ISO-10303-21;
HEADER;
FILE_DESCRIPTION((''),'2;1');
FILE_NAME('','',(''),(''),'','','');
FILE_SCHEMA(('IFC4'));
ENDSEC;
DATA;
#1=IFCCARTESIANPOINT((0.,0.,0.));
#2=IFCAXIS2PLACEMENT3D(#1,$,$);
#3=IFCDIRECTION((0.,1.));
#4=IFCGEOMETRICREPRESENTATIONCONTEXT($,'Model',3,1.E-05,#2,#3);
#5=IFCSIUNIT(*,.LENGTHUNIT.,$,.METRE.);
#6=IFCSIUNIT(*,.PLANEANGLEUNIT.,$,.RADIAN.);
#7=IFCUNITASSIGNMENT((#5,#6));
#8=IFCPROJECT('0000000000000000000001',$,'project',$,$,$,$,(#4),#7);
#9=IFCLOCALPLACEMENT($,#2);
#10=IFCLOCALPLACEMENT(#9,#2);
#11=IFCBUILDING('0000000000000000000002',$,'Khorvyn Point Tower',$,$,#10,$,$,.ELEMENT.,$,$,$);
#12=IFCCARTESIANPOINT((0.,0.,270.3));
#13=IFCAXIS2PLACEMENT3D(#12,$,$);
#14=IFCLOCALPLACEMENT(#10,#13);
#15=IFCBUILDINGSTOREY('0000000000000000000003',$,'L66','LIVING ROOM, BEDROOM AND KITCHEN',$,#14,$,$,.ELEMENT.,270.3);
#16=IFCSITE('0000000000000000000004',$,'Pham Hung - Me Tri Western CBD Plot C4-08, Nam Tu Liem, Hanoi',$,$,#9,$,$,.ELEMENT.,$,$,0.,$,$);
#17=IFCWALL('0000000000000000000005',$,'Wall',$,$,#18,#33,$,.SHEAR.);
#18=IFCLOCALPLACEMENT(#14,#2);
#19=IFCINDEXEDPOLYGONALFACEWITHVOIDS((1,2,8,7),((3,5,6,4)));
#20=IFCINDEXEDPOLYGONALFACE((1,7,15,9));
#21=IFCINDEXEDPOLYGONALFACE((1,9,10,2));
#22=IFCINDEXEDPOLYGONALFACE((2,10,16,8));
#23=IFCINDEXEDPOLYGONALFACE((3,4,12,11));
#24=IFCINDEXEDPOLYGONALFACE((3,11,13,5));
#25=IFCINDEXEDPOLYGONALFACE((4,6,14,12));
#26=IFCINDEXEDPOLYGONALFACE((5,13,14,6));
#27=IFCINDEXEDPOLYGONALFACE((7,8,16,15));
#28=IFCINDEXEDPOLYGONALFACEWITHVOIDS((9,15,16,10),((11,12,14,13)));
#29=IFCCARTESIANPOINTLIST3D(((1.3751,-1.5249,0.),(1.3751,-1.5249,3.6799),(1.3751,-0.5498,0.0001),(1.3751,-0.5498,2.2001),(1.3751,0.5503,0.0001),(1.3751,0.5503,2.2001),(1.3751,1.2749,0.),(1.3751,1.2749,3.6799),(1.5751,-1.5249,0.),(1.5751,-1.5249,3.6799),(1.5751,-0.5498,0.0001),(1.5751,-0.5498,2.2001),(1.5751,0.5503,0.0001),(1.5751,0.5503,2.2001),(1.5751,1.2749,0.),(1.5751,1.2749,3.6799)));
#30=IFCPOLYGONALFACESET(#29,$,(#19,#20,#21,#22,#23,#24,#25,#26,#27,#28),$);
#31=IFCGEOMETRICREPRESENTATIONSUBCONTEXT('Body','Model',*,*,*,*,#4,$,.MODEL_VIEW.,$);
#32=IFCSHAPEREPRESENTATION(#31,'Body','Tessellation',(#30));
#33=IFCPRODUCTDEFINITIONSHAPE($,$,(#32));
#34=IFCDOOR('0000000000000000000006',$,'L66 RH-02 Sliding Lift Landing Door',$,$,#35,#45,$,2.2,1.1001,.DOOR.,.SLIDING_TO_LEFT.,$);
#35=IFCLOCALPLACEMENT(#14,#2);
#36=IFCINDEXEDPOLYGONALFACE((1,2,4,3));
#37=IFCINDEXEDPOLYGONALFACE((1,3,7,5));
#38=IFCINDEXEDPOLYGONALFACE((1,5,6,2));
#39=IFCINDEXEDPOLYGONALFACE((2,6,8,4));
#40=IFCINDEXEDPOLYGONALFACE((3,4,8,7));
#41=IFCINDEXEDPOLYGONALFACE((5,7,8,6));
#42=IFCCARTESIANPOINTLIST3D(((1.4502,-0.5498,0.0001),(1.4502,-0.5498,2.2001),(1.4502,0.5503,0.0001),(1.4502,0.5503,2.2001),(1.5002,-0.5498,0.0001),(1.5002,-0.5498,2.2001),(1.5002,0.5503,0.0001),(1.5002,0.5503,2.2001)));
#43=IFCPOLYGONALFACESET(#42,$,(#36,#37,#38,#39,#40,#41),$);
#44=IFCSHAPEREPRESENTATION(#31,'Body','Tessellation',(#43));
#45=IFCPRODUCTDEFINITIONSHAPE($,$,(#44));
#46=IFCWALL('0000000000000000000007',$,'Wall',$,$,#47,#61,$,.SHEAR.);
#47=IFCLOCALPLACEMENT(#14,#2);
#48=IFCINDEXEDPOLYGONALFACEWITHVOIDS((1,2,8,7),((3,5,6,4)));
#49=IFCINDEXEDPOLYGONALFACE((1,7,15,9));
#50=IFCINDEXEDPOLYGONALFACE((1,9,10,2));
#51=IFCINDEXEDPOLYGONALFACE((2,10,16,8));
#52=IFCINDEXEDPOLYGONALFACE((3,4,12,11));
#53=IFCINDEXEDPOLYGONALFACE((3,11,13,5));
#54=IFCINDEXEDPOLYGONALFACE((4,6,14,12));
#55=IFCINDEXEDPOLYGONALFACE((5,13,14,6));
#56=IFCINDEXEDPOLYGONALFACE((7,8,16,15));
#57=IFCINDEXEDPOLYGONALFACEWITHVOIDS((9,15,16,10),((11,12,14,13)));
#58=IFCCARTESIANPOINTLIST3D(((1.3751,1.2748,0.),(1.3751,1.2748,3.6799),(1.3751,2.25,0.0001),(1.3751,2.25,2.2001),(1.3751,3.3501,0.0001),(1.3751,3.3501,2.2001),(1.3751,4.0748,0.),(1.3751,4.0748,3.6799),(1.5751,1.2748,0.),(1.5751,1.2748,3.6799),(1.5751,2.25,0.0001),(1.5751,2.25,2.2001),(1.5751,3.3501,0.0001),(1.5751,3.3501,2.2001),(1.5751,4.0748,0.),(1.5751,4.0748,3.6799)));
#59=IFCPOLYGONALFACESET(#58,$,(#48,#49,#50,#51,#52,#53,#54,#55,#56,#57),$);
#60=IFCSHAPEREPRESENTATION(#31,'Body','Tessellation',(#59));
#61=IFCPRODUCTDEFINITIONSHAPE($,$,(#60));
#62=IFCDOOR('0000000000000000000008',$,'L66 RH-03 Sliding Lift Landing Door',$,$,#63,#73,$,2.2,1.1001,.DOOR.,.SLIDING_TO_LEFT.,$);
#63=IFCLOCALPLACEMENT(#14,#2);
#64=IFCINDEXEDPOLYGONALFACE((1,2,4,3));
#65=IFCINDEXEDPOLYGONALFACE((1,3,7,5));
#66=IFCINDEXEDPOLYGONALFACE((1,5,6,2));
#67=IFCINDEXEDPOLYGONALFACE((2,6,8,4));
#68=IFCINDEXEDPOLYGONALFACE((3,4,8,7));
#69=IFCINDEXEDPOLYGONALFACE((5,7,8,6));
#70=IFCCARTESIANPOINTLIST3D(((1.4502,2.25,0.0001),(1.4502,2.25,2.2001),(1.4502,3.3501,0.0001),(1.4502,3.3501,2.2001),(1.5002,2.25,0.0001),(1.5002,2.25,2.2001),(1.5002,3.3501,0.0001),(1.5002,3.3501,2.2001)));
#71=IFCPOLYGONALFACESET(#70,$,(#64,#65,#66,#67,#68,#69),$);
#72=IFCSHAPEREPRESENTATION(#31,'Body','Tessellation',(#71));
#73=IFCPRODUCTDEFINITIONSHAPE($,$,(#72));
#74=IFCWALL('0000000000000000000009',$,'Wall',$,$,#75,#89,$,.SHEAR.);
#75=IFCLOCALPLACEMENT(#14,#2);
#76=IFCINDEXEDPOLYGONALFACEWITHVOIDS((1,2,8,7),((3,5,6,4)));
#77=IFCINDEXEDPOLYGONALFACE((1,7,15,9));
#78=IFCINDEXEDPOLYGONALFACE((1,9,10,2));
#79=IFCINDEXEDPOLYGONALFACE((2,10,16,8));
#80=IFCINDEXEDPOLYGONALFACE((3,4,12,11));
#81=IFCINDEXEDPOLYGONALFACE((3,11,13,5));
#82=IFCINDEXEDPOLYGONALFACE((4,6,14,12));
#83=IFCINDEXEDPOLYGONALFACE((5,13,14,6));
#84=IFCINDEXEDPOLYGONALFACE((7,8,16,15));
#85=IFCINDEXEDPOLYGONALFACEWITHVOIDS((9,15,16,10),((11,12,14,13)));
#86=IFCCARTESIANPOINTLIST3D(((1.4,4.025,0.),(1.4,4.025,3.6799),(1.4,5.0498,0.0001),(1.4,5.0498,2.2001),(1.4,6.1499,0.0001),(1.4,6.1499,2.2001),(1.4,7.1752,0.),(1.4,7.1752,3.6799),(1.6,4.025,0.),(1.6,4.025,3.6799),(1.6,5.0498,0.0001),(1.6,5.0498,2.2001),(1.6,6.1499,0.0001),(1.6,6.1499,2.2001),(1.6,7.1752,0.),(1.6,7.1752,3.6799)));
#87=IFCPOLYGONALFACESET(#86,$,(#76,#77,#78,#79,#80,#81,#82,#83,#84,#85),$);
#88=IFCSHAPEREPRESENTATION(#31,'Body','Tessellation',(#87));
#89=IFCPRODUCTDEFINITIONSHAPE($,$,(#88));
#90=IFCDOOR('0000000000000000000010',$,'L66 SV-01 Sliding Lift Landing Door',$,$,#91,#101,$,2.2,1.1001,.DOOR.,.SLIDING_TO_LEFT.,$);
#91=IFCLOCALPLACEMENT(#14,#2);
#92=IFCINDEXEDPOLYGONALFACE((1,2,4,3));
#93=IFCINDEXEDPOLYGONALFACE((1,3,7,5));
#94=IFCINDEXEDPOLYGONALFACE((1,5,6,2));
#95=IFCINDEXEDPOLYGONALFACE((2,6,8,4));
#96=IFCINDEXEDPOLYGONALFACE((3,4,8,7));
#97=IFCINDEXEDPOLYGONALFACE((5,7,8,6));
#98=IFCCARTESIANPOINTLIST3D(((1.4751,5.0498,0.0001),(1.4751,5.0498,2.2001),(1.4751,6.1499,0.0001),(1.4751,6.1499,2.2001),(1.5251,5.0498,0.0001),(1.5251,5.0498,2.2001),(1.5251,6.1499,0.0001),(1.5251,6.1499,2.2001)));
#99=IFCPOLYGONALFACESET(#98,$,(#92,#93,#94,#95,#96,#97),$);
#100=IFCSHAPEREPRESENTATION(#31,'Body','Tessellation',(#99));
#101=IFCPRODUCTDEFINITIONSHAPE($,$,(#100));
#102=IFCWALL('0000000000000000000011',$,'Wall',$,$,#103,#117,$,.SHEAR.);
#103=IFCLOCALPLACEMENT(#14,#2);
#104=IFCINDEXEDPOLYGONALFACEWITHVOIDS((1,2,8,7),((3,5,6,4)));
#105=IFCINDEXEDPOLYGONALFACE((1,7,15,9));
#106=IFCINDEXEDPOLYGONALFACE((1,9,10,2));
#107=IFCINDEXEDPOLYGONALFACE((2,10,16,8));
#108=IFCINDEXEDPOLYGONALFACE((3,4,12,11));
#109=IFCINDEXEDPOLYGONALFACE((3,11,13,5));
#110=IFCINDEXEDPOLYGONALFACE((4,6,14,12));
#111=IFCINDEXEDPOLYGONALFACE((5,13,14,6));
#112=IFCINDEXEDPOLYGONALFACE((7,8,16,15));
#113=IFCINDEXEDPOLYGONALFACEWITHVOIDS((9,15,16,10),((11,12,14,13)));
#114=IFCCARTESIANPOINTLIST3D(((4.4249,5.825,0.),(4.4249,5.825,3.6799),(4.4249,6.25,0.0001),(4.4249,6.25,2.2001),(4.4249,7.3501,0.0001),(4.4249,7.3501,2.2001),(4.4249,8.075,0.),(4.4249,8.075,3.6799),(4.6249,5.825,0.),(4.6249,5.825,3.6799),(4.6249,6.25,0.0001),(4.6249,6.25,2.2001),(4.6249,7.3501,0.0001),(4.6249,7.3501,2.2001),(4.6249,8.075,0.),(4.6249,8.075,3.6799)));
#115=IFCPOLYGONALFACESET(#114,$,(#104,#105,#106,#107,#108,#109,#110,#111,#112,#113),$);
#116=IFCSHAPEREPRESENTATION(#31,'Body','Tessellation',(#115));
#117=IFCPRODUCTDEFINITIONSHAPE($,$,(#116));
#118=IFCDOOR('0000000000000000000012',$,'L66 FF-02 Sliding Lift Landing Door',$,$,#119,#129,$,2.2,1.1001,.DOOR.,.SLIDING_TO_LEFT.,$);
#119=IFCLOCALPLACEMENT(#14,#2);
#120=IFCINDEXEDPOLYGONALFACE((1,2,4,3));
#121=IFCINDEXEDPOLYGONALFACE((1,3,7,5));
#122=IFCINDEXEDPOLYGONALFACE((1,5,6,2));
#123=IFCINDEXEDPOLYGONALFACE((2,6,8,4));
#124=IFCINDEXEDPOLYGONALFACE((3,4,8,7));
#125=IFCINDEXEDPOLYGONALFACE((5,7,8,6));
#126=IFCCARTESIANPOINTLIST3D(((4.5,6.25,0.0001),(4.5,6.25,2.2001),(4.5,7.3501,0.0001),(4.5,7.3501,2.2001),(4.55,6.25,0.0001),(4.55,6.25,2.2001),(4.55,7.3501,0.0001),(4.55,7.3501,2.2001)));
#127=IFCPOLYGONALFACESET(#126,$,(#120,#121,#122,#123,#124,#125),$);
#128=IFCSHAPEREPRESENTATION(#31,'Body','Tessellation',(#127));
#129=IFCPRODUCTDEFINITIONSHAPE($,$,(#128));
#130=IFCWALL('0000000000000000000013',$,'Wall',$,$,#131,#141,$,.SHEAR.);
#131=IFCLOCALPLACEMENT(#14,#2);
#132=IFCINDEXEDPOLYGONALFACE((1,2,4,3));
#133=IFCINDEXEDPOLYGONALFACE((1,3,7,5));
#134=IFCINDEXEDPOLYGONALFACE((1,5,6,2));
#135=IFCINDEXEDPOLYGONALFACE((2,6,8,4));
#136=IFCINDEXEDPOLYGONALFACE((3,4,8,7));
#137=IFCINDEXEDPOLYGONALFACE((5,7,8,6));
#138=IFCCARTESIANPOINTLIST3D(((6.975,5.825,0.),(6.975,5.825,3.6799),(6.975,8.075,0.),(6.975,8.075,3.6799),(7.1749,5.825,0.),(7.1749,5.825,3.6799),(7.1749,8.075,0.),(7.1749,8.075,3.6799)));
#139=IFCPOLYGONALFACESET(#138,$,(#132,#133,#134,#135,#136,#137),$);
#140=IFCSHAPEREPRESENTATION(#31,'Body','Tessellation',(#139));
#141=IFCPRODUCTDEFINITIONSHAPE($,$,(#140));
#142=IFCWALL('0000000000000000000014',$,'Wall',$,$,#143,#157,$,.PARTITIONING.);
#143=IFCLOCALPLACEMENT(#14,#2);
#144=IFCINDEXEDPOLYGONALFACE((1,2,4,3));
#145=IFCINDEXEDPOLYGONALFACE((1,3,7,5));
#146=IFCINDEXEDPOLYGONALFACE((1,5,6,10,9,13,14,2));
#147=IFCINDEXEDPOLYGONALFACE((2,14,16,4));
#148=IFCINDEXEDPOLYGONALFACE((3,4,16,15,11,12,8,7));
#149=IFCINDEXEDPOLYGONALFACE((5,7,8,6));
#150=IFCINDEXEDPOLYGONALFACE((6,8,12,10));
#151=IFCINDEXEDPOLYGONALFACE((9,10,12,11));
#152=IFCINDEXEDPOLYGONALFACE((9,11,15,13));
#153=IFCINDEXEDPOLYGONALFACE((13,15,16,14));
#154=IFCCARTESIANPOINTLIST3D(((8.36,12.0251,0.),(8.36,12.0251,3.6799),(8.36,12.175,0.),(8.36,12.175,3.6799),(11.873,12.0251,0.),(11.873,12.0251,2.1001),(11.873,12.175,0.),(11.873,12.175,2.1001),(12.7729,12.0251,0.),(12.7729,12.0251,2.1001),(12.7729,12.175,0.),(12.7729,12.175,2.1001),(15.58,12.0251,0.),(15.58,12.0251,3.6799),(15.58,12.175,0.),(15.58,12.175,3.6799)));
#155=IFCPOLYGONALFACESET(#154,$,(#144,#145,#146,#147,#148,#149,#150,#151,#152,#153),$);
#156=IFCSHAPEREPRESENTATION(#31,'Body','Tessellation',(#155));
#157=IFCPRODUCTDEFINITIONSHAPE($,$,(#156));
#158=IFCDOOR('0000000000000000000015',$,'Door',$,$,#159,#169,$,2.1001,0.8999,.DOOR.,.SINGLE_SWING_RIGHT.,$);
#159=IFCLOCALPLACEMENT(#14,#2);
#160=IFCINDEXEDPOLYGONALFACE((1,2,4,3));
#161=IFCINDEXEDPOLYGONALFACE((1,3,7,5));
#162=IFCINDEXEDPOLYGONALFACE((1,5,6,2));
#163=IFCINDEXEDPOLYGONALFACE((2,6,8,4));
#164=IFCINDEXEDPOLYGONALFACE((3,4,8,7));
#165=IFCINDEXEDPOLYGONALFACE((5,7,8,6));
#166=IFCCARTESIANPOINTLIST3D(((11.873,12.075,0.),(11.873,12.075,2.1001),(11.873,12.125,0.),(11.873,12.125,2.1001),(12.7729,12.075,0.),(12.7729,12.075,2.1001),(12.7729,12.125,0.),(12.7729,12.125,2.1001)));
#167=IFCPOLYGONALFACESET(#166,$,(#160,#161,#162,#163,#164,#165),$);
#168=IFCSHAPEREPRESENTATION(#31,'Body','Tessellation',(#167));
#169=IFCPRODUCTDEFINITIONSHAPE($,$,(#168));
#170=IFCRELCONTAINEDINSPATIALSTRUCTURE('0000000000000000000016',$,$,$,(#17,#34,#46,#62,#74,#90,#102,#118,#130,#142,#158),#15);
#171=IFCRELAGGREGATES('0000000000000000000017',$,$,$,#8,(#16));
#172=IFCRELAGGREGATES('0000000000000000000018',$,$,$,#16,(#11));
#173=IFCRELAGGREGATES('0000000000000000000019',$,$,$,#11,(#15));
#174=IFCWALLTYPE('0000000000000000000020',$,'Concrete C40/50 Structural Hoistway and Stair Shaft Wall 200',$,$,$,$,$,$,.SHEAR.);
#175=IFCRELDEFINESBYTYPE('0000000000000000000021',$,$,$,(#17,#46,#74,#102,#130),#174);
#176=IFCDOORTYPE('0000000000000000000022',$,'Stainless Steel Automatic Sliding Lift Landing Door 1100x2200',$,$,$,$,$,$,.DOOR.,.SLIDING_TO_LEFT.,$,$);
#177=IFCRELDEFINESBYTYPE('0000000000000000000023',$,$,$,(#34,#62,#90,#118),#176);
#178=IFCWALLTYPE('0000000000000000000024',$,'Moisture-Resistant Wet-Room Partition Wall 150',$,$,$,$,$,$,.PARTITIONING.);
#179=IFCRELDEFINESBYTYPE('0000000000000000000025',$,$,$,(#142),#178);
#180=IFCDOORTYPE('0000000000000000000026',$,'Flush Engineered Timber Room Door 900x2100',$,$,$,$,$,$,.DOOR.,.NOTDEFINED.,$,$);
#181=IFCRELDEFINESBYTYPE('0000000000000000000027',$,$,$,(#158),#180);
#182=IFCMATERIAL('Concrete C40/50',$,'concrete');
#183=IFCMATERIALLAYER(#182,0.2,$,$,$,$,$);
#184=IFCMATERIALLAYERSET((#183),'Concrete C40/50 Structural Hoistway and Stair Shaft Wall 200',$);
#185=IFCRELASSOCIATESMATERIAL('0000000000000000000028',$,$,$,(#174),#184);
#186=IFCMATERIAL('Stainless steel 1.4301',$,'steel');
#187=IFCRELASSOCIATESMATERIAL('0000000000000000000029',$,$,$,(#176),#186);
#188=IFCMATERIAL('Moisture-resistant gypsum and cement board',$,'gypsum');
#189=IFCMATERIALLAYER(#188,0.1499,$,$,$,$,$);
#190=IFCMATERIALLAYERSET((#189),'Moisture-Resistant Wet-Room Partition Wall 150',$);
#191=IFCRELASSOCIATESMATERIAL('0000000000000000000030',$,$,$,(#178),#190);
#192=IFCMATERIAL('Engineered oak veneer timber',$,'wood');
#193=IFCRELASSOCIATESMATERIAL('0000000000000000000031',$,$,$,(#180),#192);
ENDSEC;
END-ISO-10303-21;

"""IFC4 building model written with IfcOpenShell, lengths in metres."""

from ifc_helpers import new_model, si_unit, direction, frame, frame_2d, origin, place, context, subcontext, project, spatial, rectangle, extrude, material, layer, layer_set, type_object, element, fill, save


model = new_model("IFC4")

# Units and contexts
model_context = context("Model", 3, precision=1e-05, world=origin(), true_north=direction((0.0, 1.0)))
body_context = subcontext(model_context, "Body", "Model", "MODEL_VIEW")
ifc_project = project(units=[si_unit("LENGTHUNIT", "METRE"), si_unit("PLANEANGLEUNIT", "RADIAN")], contexts=[model_context])

# Site, building, storey
site_placement = place(None, origin())
site = spatial("IfcSite", under=ifc_project, at=site_placement, Name="Pham Hung - Me Tri Western CBD Plot C4-08, Nam Tu Liem, Hanoi", CompositionType="ELEMENT", RefElevation=0.0)
building_placement = place(site_placement, origin())
building = spatial("IfcBuilding", under=site, at=building_placement, Name="Khorvyn Point Tower", CompositionType="ELEMENT")
storey_placement = place(building_placement, frame((0.0, 0.0, 270.3)))
storey = spatial("IfcBuildingStorey", under=building, at=storey_placement, Name="L66", Description="LIVING ROOM, BEDROOM AND KITCHEN", CompositionType="ELEMENT", Elevation=270.3)

# Shared definitions
ifc_material_1 = material(Name="Concrete C40/50", Category="concrete")

# Walls, openings, doors
ifc_layer_1 = layer(ifc_material_1, 0.2)
ifc_layer_set_1 = layer_set([ifc_layer_1], Name="Concrete C40/50 Structural Hoistway and Stair Shaft Wall 200")
wall_type_1 = type_object("IfcWallType", Name="Concrete C40/50 Structural Hoistway and Stair Shaft Wall 200", PredefinedType="SHEAR", material=ifc_layer_set_1)
ifc_material_2 = material(Name="Stainless steel 1.4301", Category="steel")
door_type_1 = type_object("IfcDoorType", Name="Stainless Steel Automatic Sliding Lift Landing Door 1100x2200", OperationType="SLIDING_TO_LEFT", PredefinedType="DOOR", material=ifc_material_2)
wall_1_placement = place(storey_placement, frame((1.4751, -1.5249, 0.0), z_axis=(0.0, 0.0, 1.0), x_axis=(0.0, 1.0, 0.0)))
wall_1 = element("IfcWall", 1, at=wall_1_placement, inside=storey, type_object=wall_type_1, Name="Wall", PredefinedType="SHEAR", context=body_context, shape_type="SweptSolid", body=[
    extrude(rectangle(XDim=2.7998, YDim=0.2, at=frame_2d((1.3999, 0.0))), origin(), (0.0, 0.0, 1.0), 3.6799),
])
opening_1_placement = place(wall_1_placement, frame((0.9751, 0.0, 0.0)))
opening_1 = element("IfcOpeningElement", 2, at=opening_1_placement, cuts=wall_1, PredefinedType="OPENING", context=body_context, shape_type="SweptSolid", body=[
    extrude(rectangle(XDim=1.1001, YDim=2.2, at=frame_2d((0.55, 1.1001))), frame((0.0, 0.1099, 0.0), z_axis=(0.0, -1.0, 0.0), x_axis=(1.0, 0.0, 0.0)), (0.0, 0.0, 1.0), 0.22),
])
door_1_placement = place(opening_1_placement, origin())
door_1 = element("IfcDoor", 3, at=door_1_placement, inside=storey, type_object=door_type_1, Name="L66 RH-02 Sliding Lift Landing Door", OperationType="SLIDING_TO_LEFT", OverallHeight=2.2, OverallWidth=1.1001, PredefinedType="DOOR", context=body_context, shape_type="SweptSolid", body=[
    extrude(rectangle(XDim=1.1001, YDim=2.2, at=frame_2d((0.55, 1.1001))), frame((0.0, 0.0249, 0.0), z_axis=(0.0, -1.0, 0.0), x_axis=(1.0, 0.0, 0.0)), (0.0, 0.0, 1.0), 0.05),
])
fill(opening_1, door_1)
wall_2_placement = place(storey_placement, frame((1.4751, 1.2749, 0.0), z_axis=(0.0, 0.0, 1.0), x_axis=(0.0, 1.0, 0.0)))
wall_2 = element("IfcWall", 4, at=wall_2_placement, inside=storey, type_object=wall_type_1, Name="Wall", PredefinedType="SHEAR", context=body_context, shape_type="SweptSolid", body=[
    extrude(rectangle(XDim=2.8, YDim=0.2, at=frame_2d((1.3999, 0.0))), origin(), (0.0, 0.0, 1.0), 3.6799),
])
opening_2_placement = place(wall_2_placement, frame((0.9751, 0.0, 0.0)))
opening_2 = element("IfcOpeningElement", 5, at=opening_2_placement, cuts=wall_2, PredefinedType="OPENING", context=body_context, shape_type="SweptSolid", body=[
    extrude(rectangle(XDim=1.1001, YDim=2.2, at=frame_2d((0.55, 1.1001))), frame((0.0, 0.1099, 0.0), z_axis=(0.0, -1.0, 0.0), x_axis=(1.0, 0.0, 0.0)), (0.0, 0.0, 1.0), 0.22),
])
door_2_placement = place(opening_2_placement, origin())
door_2 = element("IfcDoor", 6, at=door_2_placement, inside=storey, type_object=door_type_1, Name="L66 RH-03 Sliding Lift Landing Door", OperationType="SLIDING_TO_LEFT", OverallHeight=2.2, OverallWidth=1.1001, PredefinedType="DOOR", context=body_context, shape_type="SweptSolid", body=[
    extrude(rectangle(XDim=1.1001, YDim=2.2, at=frame_2d((0.55, 1.1001))), frame((0.0, 0.0249, 0.0), z_axis=(0.0, -1.0, 0.0), x_axis=(1.0, 0.0, 0.0)), (0.0, 0.0, 1.0), 0.05),
])
fill(opening_2, door_2)
wall_3_placement = place(storey_placement, frame((1.5, 4.0249, 0.0), z_axis=(0.0, 0.0, 1.0), x_axis=(0.0, 1.0, 0.0)))
wall_3 = element("IfcWall", 7, at=wall_3_placement, inside=storey, type_object=wall_type_1, Name="Wall", PredefinedType="SHEAR", context=body_context, shape_type="SweptSolid", body=[
    extrude(rectangle(XDim=3.1501, YDim=0.2, at=frame_2d((1.5752, 0.0))), origin(), (0.0, 0.0, 1.0), 3.6799),
])
opening_3_placement = place(wall_3_placement, frame((1.0249, 0.0, 0.0)))
opening_3 = element("IfcOpeningElement", 8, at=opening_3_placement, cuts=wall_3, PredefinedType="OPENING", context=body_context, shape_type="SweptSolid", body=[
    extrude(rectangle(XDim=1.1001, YDim=2.2, at=frame_2d((0.55, 1.1001))), frame((0.0, 0.1099, 0.0), z_axis=(0.0, -1.0, 0.0), x_axis=(1.0, 0.0, 0.0)), (0.0, 0.0, 1.0), 0.22),
])
door_3_placement = place(opening_3_placement, origin())
door_3 = element("IfcDoor", 9, at=door_3_placement, inside=storey, type_object=door_type_1, Name="L66 SV-01 Sliding Lift Landing Door", OperationType="SLIDING_TO_LEFT", OverallHeight=2.2, OverallWidth=1.1001, PredefinedType="DOOR", context=body_context, shape_type="SweptSolid", body=[
    extrude(rectangle(XDim=1.1001, YDim=2.2, at=frame_2d((0.55, 1.1001))), frame((0.0, 0.0249, 0.0), z_axis=(0.0, -1.0, 0.0), x_axis=(1.0, 0.0, 0.0)), (0.0, 0.0, 1.0), 0.05),
])
fill(opening_3, door_3)
wall_4_placement = place(storey_placement, frame((4.5249, 5.825, 0.0), z_axis=(0.0, 0.0, 1.0), x_axis=(0.0, 1.0, 0.0)))
wall_4 = element("IfcWall", 10, at=wall_4_placement, inside=storey, type_object=wall_type_1, Name="Wall", PredefinedType="SHEAR", context=body_context, shape_type="SweptSolid", body=[
    extrude(rectangle(XDim=2.25, YDim=0.2, at=frame_2d((1.125, 0.0))), origin(), (0.0, 0.0, 1.0), 3.6799),
])
opening_4_placement = place(wall_4_placement, frame((0.425, 0.0, 0.0)))
opening_4 = element("IfcOpeningElement", 11, at=opening_4_placement, cuts=wall_4, PredefinedType="OPENING", context=body_context, shape_type="SweptSolid", body=[
    extrude(rectangle(XDim=1.1001, YDim=2.2, at=frame_2d((0.55, 1.1001))), frame((0.0, 0.1099, 0.0), z_axis=(0.0, -1.0, 0.0), x_axis=(1.0, 0.0, 0.0)), (0.0, 0.0, 1.0), 0.22),
])
door_4_placement = place(opening_4_placement, origin())
door_4 = element("IfcDoor", 12, at=door_4_placement, inside=storey, type_object=door_type_1, Name="L66 FF-02 Sliding Lift Landing Door", OperationType="SLIDING_TO_LEFT", OverallHeight=2.2, OverallWidth=1.1001, PredefinedType="DOOR", context=body_context, shape_type="SweptSolid", body=[
    extrude(rectangle(XDim=1.1001, YDim=2.2, at=frame_2d((0.55, 1.1001))), frame((0.0, 0.0249, 0.0), z_axis=(0.0, -1.0, 0.0), x_axis=(1.0, 0.0, 0.0)), (0.0, 0.0, 1.0), 0.05),
])
fill(opening_4, door_4)

# Wall
wall_5_placement = place(storey_placement, frame((7.075, 5.825, 0.0), z_axis=(0.0, 0.0, 1.0), x_axis=(0.0, 1.0, 0.0)))
element("IfcWall", 13, at=wall_5_placement, inside=storey, type_object=wall_type_1, Name="Wall", PredefinedType="SHEAR", context=body_context, shape_type="SweptSolid", body=[
    extrude(rectangle(XDim=2.25, YDim=0.2, at=frame_2d((1.125, 0.0))), origin(), (0.0, 0.0, 1.0), 3.6799),
])

# Wall, opening, door
ifc_material_3 = material(Name="Moisture-resistant gypsum and cement board", Category="gypsum")
ifc_layer_2 = layer(ifc_material_3, 0.1499)
ifc_layer_set_2 = layer_set([ifc_layer_2], Name="Moisture-Resistant Wet-Room Partition Wall 150")
wall_type_2 = type_object("IfcWallType", Name="Moisture-Resistant Wet-Room Partition Wall 150", PredefinedType="PARTITIONING", material=ifc_layer_set_2)
wall_6_placement = place(storey_placement, frame((8.3601, 12.1001, 0.0), z_axis=(0.0, 0.0, 1.0), x_axis=(1.0, 0.0, 0.0)))
wall_6 = element("IfcWall", 14, at=wall_6_placement, inside=storey, type_object=wall_type_2, Name="Wall", PredefinedType="PARTITIONING", context=body_context, shape_type="SweptSolid", body=[
    extrude(rectangle(XDim=7.22, YDim=0.1499, at=frame_2d((3.6099, 0.0))), origin(), (0.0, 0.0, 1.0), 3.6799),
])
opening_5_placement = place(wall_6_placement, frame((3.5129, 0.0, 0.0)))
opening_5 = element("IfcOpeningElement", 15, at=opening_5_placement, cuts=wall_6, PredefinedType="OPENING", context=body_context, shape_type="SweptSolid", body=[
    extrude(rectangle(XDim=0.8999, YDim=2.1001, at=frame_2d((0.45, 1.05))), frame((0.0, 0.085, 0.0), z_axis=(0.0, -1.0, 0.0), x_axis=(1.0, 0.0, 0.0)), (0.0, 0.0, 1.0), 0.1699),
])
ifc_material_4 = material(Name="Engineered oak veneer timber", Category="wood")
door_type_2 = type_object("IfcDoorType", Name="Flush Engineered Timber Room Door 900x2100", OperationType="NOTDEFINED", PredefinedType="DOOR", material=ifc_material_4)
door_5_placement = place(opening_5_placement, origin())
door_5 = element("IfcDoor", 16, at=door_5_placement, inside=storey, type_object=door_type_2, Name="Door", OperationType="SINGLE_SWING_RIGHT", OverallHeight=2.1001, OverallWidth=0.8999, PredefinedType="DOOR", context=body_context, shape_type="SweptSolid", body=[
    extrude(rectangle(XDim=0.8999, YDim=2.1001, at=frame_2d((0.45, 1.05))), frame((0.0, 0.0249, 0.0), z_axis=(0.0, -1.0, 0.0), x_axis=(1.0, 0.0, 0.0)), (0.0, 0.0, 1.0), 0.05),
])
fill(opening_5, door_5)

save(model, "model.ifc")
